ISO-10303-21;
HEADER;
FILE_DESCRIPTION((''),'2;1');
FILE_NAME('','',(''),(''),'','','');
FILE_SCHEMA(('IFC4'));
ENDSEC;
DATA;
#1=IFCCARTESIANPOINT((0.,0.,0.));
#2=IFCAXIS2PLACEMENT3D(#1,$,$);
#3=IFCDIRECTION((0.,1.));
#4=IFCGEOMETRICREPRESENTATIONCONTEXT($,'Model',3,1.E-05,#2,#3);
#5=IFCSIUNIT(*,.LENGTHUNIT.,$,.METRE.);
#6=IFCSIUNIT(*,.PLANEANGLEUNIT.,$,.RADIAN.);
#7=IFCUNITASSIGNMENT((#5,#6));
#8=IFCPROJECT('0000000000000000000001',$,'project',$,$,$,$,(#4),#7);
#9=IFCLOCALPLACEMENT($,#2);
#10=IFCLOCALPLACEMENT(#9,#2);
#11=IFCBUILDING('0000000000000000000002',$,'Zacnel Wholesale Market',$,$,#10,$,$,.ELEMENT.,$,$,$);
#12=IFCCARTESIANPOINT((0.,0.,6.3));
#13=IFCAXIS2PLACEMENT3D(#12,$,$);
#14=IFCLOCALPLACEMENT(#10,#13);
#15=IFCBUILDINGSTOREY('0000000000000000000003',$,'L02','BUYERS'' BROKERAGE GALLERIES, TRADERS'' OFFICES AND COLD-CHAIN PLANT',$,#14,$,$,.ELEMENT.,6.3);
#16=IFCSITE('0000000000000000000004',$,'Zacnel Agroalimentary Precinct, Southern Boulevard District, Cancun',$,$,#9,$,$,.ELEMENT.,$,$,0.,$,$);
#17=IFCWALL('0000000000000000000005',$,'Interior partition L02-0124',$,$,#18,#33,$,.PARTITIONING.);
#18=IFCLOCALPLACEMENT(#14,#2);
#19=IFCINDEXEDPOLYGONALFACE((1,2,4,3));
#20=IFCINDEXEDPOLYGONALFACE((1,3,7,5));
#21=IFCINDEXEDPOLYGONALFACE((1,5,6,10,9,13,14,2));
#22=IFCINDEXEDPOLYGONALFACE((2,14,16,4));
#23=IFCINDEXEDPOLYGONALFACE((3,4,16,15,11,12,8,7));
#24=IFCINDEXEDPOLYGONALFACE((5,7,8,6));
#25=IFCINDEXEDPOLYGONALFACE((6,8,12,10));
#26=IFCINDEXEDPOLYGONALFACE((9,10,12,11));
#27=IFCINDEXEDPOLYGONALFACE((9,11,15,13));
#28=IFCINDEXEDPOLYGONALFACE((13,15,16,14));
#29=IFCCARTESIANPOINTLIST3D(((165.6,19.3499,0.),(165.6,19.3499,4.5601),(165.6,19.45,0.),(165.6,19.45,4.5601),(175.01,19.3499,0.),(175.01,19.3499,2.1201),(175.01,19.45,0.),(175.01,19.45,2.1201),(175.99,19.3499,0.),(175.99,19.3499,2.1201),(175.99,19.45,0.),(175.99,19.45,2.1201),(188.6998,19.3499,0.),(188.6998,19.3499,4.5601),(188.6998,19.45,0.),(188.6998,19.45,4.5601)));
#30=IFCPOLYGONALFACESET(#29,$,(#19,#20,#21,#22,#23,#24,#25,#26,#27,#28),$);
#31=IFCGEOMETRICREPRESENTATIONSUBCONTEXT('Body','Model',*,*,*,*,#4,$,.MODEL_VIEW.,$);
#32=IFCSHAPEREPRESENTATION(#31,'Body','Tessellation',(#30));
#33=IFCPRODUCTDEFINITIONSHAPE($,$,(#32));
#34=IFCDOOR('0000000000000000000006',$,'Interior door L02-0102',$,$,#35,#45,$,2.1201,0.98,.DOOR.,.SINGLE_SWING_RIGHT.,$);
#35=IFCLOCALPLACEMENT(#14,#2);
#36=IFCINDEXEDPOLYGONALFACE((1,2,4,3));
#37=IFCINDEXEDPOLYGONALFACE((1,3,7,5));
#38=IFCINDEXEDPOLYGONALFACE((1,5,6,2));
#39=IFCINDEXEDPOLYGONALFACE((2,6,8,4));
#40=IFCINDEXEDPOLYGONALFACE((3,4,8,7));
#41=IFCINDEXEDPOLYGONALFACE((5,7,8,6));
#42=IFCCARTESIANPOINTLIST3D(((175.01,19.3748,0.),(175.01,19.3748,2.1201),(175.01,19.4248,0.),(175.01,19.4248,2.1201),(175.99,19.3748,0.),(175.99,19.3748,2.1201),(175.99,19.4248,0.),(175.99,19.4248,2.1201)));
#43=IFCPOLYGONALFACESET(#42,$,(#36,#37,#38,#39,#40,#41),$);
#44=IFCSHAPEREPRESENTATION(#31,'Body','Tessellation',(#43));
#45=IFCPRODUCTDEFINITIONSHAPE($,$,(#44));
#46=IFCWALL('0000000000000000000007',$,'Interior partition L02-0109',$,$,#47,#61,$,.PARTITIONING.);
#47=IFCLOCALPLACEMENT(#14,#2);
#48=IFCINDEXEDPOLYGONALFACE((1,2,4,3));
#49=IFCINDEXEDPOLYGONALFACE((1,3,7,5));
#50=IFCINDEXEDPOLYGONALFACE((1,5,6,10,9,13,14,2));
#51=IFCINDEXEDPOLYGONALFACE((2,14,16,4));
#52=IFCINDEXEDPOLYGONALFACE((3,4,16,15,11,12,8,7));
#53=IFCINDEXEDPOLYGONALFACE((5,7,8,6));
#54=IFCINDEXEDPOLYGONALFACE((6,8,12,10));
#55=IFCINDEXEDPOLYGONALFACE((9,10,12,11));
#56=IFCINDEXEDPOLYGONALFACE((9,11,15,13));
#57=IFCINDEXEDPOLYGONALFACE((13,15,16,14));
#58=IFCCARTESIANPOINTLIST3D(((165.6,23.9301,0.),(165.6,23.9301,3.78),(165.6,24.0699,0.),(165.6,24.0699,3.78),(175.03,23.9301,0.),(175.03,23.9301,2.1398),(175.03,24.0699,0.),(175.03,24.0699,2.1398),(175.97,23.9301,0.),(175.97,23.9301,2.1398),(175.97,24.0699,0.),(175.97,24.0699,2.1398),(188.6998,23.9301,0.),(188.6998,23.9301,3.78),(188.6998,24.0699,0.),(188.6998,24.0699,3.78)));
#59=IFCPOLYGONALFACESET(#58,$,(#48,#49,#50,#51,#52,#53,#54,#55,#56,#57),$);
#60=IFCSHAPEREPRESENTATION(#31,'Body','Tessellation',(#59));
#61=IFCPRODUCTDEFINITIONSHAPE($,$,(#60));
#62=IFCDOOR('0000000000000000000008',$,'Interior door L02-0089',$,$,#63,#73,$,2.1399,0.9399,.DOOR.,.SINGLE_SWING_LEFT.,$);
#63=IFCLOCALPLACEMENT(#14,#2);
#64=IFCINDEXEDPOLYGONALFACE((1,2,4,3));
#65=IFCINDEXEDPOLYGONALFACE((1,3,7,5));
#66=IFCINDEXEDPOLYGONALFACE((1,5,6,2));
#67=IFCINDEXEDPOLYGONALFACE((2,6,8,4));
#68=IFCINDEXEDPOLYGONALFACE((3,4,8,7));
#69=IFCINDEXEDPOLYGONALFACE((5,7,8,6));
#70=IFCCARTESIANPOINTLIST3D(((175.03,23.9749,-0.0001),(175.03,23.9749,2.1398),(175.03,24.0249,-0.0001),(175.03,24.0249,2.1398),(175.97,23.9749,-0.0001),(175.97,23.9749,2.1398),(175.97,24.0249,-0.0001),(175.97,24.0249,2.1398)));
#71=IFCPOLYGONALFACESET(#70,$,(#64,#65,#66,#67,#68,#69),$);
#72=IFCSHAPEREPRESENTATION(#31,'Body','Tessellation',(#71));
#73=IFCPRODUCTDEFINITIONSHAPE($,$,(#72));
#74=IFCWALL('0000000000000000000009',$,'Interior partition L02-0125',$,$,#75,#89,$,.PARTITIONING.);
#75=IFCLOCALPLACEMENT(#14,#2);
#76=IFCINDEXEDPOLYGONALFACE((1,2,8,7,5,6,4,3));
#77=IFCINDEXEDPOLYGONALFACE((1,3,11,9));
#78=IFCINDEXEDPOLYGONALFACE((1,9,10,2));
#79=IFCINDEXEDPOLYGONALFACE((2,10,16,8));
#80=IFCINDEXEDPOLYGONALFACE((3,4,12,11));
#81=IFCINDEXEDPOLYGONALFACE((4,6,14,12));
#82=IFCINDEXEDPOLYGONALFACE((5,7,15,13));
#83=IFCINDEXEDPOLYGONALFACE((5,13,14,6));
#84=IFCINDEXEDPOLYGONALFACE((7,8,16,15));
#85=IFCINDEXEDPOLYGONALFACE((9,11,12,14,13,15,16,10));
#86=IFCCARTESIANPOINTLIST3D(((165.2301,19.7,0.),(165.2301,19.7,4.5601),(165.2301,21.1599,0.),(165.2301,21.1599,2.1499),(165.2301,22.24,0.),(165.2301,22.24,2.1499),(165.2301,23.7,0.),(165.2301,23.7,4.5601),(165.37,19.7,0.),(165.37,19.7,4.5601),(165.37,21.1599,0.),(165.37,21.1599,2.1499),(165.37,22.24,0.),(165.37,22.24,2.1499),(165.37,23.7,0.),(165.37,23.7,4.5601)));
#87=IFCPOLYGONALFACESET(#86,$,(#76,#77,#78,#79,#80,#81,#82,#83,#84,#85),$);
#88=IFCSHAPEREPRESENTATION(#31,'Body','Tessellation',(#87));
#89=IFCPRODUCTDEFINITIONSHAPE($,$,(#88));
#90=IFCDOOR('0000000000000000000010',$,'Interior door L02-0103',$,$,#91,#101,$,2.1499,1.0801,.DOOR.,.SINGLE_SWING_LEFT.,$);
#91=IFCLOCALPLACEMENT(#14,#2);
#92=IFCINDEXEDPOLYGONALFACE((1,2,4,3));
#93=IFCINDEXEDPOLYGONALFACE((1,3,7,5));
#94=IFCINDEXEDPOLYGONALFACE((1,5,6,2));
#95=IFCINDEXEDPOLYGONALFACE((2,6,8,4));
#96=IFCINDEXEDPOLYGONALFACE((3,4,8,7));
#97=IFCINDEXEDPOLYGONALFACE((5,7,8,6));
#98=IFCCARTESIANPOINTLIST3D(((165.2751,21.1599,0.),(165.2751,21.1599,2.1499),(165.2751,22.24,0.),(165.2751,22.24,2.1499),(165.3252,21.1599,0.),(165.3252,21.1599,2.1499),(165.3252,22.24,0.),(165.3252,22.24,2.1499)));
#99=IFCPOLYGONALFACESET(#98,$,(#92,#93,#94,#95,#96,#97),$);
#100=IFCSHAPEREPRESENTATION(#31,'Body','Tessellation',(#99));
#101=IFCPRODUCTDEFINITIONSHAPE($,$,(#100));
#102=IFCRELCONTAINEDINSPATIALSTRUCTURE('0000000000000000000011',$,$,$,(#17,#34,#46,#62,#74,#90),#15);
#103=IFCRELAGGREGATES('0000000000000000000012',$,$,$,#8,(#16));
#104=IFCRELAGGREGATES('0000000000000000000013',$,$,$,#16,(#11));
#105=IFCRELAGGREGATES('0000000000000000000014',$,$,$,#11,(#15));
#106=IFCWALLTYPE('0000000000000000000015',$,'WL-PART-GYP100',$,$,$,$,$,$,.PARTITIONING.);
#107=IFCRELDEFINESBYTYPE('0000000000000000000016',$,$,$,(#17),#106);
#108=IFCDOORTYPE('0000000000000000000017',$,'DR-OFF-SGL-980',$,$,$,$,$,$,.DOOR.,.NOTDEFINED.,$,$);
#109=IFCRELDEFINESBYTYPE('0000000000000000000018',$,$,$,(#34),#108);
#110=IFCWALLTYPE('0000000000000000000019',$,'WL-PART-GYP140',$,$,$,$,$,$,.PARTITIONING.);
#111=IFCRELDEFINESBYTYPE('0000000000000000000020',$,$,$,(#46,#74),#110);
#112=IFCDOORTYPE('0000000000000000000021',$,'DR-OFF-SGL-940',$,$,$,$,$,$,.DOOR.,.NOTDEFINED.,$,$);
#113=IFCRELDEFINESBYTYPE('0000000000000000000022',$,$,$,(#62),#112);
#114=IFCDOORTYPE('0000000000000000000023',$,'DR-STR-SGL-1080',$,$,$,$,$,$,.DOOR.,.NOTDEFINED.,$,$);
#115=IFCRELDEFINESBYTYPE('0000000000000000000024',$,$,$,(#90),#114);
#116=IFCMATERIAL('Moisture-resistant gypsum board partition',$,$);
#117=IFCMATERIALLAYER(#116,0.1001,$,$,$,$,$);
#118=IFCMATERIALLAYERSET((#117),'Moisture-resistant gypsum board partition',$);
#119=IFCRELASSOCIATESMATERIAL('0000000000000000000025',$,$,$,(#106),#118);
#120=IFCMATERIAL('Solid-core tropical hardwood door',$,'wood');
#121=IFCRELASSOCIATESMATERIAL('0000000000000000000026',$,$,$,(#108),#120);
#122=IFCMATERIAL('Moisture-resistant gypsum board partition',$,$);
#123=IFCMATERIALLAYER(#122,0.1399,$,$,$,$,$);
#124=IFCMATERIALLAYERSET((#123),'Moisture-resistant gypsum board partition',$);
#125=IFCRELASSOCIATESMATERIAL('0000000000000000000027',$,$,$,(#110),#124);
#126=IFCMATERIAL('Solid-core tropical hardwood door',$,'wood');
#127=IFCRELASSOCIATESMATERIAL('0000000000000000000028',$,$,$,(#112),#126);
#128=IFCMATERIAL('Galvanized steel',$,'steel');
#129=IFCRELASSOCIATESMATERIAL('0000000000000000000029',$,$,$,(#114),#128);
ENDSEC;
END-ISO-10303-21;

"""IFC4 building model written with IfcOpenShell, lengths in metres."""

from ifc_helpers import new_model, si_unit, direction, frame, frame_2d, origin, place, context, subcontext, project, spatial, rectangle, extrude, material, layer, layer_set, type_object, element, fill, save


model = new_model("IFC4")

# Units and contexts
model_context = context("Model", 3, precision=1e-05, world=origin(), true_north=direction((0.0, 1.0)))
body_context = subcontext(model_context, "Body", "Model", "MODEL_VIEW")
ifc_project = project(units=[si_unit("LENGTHUNIT", "METRE"), si_unit("PLANEANGLEUNIT", "RADIAN")], contexts=[model_context])

# Site, building, storey
site_placement = place(None, origin())
site = spatial("IfcSite", under=ifc_project, at=site_placement, Name="Zacnel Agroalimentary Precinct, Southern Boulevard District, Cancun", CompositionType="ELEMENT", RefElevation=0.0)
building_placement = place(site_placement, origin())
building = spatial("IfcBuilding", under=site, at=building_placement, Name="Zacnel Wholesale Market", CompositionType="ELEMENT")
storey_placement = place(building_placement, frame((0.0, 0.0, 6.3)))
storey = spatial("IfcBuildingStorey", under=building, at=storey_placement, Name="L02", Description="BUYERS' BROKERAGE GALLERIES, TRADERS' OFFICES AND COLD-CHAIN PLANT", CompositionType="ELEMENT", Elevation=6.3)

# Walls, openings, doors
ifc_material_1 = material(Name="Moisture-resistant gypsum board partition")
ifc_layer_1 = layer(ifc_material_1, 0.1001)
ifc_layer_set_1 = layer_set([ifc_layer_1], Name="Moisture-resistant gypsum board partition")
wall_type_1 = type_object("IfcWallType", Name="WL-PART-GYP100", PredefinedType="PARTITIONING", material=ifc_layer_set_1)
wall_1_placement = place(storey_placement, frame((165.6001, 19.3999, 0.0), z_axis=(0.0, 0.0, 1.0), x_axis=(1.0, 0.0, 0.0)))
wall_1 = element("IfcWall", 1, at=wall_1_placement, inside=storey, type_object=wall_type_1, Name="Interior partition L02-0124", PredefinedType="PARTITIONING", context=body_context, shape_type="SweptSolid", body=[
    extrude(rectangle(XDim=23.0999, YDim=0.1001, at=frame_2d((11.5498, 0.0))), origin(), (0.0, 0.0, 1.0), 4.5601),
])
opening_1_placement = place(wall_1_placement, frame((9.4099, 0.0, 0.0)))
opening_1 = element("IfcOpeningElement", 2, at=opening_1_placement, cuts=wall_1, PredefinedType="OPENING", context=body_context, shape_type="SweptSolid", body=[
    extrude(rectangle(XDim=0.98, YDim=2.1201, at=frame_2d((0.49, 1.0601))), frame((0.0, 0.0601, 0.0), z_axis=(0.0, -1.0, 0.0), x_axis=(1.0, 0.0, 0.0)), (0.0, 0.0, 1.0), 0.1201),
])
ifc_material_2 = material(Name="Solid-core tropical hardwood door", Category="wood")
door_type_1 = type_object("IfcDoorType", Name="DR-OFF-SGL-980", OperationType="NOTDEFINED", PredefinedType="DOOR", material=ifc_material_2)
door_1_placement = place(opening_1_placement, origin())
door_1 = element("IfcDoor", 3, at=door_1_placement, inside=storey, type_object=door_type_1, Name="Interior door L02-0102", OperationType="SINGLE_SWING_RIGHT", OverallHeight=2.1201, OverallWidth=0.98, PredefinedType="DOOR", context=body_context, shape_type="SweptSolid", body=[
    extrude(rectangle(XDim=0.98, YDim=2.1201, at=frame_2d((0.49, 1.0601))), frame((0.0, 0.0249, 0.0), z_axis=(0.0, -1.0, 0.0), x_axis=(1.0, 0.0, 0.0)), (0.0, 0.0, 1.0), 0.05),
])
fill(opening_1, door_1)
ifc_material_3 = material(Name="Moisture-resistant gypsum board partition")
ifc_layer_2 = layer(ifc_material_3, 0.1399)
ifc_layer_set_2 = layer_set([ifc_layer_2], Name="Moisture-resistant gypsum board partition")
wall_type_2 = type_object("IfcWallType", Name="WL-PART-GYP140", PredefinedType="PARTITIONING", material=ifc_layer_set_2)
wall_2_placement = place(storey_placement, frame((165.6001, 24.0, 0.0), z_axis=(0.0, 0.0, 1.0), x_axis=(1.0, 0.0, 0.0)))
wall_2 = element("IfcWall", 4, at=wall_2_placement, inside=storey, type_object=wall_type_2, Name="Interior partition L02-0109", PredefinedType="PARTITIONING", context=body_context, shape_type="SweptSolid", body=[
    extrude(rectangle(XDim=23.0999, YDim=0.1399, at=frame_2d((11.5498, 0.0))), origin(), (0.0, 0.0, 1.0), 3.78),
])
opening_2_placement = place(wall_2_placement, frame((9.4299, 0.0, 0.0)))
opening_2 = element("IfcOpeningElement", 5, at=opening_2_placement, cuts=wall_2, PredefinedType="OPENING", context=body_context, shape_type="SweptSolid", body=[
    extrude(rectangle(XDim=0.9399, YDim=2.1399, at=frame_2d((0.47, 1.0698))), frame((0.0, 0.0798, 0.0), z_axis=(0.0, -1.0, 0.0), x_axis=(1.0, 0.0, 0.0)), (0.0, 0.0, 1.0), 0.1599),
])
ifc_material_4 = material(Name="Solid-core tropical hardwood door", Category="wood")
door_type_2 = type_object("IfcDoorType", Name="DR-OFF-SGL-940", OperationType="NOTDEFINED", PredefinedType="DOOR", material=ifc_material_4)
door_2_placement = place(opening_2_placement, origin())
door_2 = element("IfcDoor", 6, at=door_2_placement, inside=storey, type_object=door_type_2, Name="Interior door L02-0089", OperationType="SINGLE_SWING_LEFT", OverallHeight=2.1399, OverallWidth=0.9399, PredefinedType="DOOR", context=body_context, shape_type="SweptSolid", body=[
    extrude(rectangle(XDim=0.9399, YDim=2.1399, at=frame_2d((0.47, 1.0698))), frame((0.0, 0.0249, 0.0), z_axis=(0.0, -1.0, 0.0), x_axis=(1.0, 0.0, 0.0)), (0.0, 0.0, 1.0), 0.05),
])
fill(opening_2, door_2)
wall_3_placement = place(storey_placement, frame((165.3, 19.7, 0.0), z_axis=(0.0, 0.0, 1.0), x_axis=(0.0, 1.0, 0.0)))
wall_3 = element("IfcWall", 7, at=wall_3_placement, inside=storey, type_object=wall_type_2, Name="Interior partition L02-0125", PredefinedType="PARTITIONING", context=body_context, shape_type="SweptSolid", body=[
    extrude(rectangle(XDim=4.0, YDim=0.1399, at=frame_2d((2.0, 0.0))), origin(), (0.0, 0.0, 1.0), 4.5601),
])
opening_3_placement = place(wall_3_placement, frame((1.46, 0.0, 0.0)))
opening_3 = element("IfcOpeningElement", 8, at=opening_3_placement, cuts=wall_3, PredefinedType="OPENING", context=body_context, shape_type="SweptSolid", body=[
    extrude(rectangle(XDim=1.0801, YDim=2.1499, at=frame_2d((0.54, 1.075))), frame((0.0, 0.0798, 0.0), z_axis=(0.0, -1.0, 0.0), x_axis=(1.0, 0.0, 0.0)), (0.0, 0.0, 1.0), 0.1599),
])
ifc_material_5 = material(Name="Galvanized steel", Category="steel")
door_type_3 = type_object("IfcDoorType", Name="DR-STR-SGL-1080", OperationType="NOTDEFINED", PredefinedType="DOOR", material=ifc_material_5)
door_3_placement = place(opening_3_placement, origin())
door_3 = element("IfcDoor", 9, at=door_3_placement, inside=storey, type_object=door_type_3, Name="Interior door L02-0103", OperationType="SINGLE_SWING_LEFT", OverallHeight=2.1499, OverallWidth=1.0801, PredefinedType="DOOR", context=body_context, shape_type="SweptSolid", body=[
    extrude(rectangle(XDim=1.0801, YDim=2.1499, at=frame_2d((0.54, 1.075))), frame((0.0, 0.0249, 0.0), z_axis=(0.0, -1.0, 0.0), x_axis=(1.0, 0.0, 0.0)), (0.0, 0.0, 1.0), 0.05),
])
fill(opening_3, door_3)

save(model, "model.ifc")
